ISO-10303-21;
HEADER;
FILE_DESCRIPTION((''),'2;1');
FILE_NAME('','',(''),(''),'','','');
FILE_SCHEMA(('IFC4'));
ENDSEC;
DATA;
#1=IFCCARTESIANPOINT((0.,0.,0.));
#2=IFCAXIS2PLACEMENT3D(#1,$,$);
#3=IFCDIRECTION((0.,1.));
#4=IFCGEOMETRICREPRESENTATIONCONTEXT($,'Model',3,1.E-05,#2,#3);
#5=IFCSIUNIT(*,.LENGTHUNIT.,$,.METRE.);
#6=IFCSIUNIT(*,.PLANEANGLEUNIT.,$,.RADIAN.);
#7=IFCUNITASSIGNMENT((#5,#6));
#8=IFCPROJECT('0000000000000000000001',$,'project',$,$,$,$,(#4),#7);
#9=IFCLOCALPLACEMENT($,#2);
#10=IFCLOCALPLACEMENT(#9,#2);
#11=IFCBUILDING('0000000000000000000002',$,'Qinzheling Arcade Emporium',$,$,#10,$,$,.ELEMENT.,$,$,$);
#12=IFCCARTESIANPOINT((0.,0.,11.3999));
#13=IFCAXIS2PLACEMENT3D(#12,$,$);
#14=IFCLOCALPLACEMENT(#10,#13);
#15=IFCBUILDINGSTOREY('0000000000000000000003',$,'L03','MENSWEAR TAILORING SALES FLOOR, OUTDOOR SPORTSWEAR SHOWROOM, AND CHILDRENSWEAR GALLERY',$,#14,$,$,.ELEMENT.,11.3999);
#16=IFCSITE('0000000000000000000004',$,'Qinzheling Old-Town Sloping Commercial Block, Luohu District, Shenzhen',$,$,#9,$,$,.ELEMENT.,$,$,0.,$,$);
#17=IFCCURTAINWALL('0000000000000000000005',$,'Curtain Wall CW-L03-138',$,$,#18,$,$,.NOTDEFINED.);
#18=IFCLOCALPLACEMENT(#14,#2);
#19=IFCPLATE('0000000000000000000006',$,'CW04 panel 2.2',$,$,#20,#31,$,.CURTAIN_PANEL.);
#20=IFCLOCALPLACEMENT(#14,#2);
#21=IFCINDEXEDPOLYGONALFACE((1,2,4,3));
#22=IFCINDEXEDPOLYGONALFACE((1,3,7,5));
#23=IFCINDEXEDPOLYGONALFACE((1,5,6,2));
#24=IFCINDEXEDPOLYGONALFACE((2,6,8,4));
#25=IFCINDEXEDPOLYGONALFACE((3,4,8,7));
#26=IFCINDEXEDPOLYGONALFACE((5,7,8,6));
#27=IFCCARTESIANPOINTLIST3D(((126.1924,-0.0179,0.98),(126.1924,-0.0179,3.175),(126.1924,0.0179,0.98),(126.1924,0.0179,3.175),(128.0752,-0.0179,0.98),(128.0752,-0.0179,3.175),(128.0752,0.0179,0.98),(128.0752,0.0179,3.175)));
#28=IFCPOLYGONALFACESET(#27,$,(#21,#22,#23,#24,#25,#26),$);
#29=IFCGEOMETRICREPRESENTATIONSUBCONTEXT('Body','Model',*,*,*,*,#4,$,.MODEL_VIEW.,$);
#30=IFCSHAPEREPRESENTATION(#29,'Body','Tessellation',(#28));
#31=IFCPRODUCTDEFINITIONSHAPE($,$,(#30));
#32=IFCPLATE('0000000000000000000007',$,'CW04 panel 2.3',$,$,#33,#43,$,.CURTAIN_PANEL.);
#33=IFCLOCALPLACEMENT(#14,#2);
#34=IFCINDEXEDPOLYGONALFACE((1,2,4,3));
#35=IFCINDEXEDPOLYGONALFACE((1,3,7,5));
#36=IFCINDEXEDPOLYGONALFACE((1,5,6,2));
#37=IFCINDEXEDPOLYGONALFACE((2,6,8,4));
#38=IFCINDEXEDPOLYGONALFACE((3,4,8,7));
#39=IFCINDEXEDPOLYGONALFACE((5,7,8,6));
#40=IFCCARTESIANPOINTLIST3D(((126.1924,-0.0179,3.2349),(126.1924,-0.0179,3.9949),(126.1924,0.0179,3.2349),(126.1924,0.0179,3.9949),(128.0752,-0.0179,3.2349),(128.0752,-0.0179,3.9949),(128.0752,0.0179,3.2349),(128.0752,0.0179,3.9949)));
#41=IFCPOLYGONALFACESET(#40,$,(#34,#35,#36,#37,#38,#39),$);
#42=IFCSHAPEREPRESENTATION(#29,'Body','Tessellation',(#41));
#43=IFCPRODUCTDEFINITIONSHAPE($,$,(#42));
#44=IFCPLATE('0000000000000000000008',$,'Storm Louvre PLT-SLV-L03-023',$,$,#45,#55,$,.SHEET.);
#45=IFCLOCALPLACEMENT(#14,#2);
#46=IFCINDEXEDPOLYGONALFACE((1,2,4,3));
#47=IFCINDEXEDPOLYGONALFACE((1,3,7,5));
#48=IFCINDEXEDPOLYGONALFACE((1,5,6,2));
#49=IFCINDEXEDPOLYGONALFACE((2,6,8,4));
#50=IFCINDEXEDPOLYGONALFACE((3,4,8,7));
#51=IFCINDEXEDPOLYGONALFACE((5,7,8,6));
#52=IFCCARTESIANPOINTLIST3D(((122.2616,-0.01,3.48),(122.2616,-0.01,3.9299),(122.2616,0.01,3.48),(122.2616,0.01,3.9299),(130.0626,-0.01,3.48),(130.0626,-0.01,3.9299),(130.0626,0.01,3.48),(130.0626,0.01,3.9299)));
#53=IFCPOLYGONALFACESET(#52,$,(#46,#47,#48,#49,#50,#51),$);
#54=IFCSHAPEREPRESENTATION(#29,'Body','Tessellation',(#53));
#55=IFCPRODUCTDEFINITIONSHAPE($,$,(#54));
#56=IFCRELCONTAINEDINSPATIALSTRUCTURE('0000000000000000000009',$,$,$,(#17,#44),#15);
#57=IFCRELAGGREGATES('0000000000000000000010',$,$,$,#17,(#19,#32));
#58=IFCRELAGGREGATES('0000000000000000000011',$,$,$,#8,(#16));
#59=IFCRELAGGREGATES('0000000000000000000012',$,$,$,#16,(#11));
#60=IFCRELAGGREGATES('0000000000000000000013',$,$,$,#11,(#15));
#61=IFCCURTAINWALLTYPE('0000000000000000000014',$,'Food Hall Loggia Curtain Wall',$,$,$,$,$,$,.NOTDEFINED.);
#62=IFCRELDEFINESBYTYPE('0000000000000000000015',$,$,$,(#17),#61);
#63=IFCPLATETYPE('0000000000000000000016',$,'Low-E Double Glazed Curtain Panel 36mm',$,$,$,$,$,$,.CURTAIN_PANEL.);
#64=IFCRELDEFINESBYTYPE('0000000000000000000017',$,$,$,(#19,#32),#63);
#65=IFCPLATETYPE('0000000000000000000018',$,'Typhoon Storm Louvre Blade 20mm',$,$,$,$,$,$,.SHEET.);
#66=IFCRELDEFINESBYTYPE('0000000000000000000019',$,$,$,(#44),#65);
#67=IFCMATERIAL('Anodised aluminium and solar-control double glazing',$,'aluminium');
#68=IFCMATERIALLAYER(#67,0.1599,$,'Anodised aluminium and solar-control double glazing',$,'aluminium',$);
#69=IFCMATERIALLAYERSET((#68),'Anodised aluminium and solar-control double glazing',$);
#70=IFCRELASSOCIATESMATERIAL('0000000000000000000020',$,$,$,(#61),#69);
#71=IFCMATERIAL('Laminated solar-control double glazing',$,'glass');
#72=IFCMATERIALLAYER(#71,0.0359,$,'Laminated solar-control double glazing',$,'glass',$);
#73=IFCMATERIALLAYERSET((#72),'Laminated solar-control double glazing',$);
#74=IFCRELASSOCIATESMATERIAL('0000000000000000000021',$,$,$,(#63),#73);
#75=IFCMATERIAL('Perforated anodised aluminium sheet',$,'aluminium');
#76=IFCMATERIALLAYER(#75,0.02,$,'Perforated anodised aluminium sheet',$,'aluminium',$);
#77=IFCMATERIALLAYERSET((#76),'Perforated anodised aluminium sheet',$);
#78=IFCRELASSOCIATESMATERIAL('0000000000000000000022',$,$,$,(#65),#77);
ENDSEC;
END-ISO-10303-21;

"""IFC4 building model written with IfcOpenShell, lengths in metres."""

from ifc_helpers import new_model, si_unit, direction, frame, origin, origin_2d, place, context, subcontext, project, spatial, rectangle, extrude, material, layer, layer_set, type_object, element, aggregate, save


model = new_model("IFC4")

# Units and contexts
model_context = context("Model", 3, precision=1e-05, world=origin(), true_north=direction((0.0, 1.0)))
body_context = subcontext(model_context, "Body", "Model", "MODEL_VIEW")
ifc_project = project(units=[si_unit("LENGTHUNIT", "METRE"), si_unit("PLANEANGLEUNIT", "RADIAN")], contexts=[model_context])

# Site, building, storey
site_placement = place(None, origin())
site = spatial("IfcSite", under=ifc_project, at=site_placement, Name="Qinzheling Old-Town Sloping Commercial Block, Luohu District, Shenzhen", CompositionType="ELEMENT", RefElevation=0.0)
building_placement = place(site_placement, origin())
building = spatial("IfcBuilding", under=site, at=building_placement, Name="Qinzheling Arcade Emporium", CompositionType="ELEMENT")
storey_placement = place(building_placement, frame((0.0, 0.0, 11.3999)))
storey = spatial("IfcBuildingStorey", under=building, at=storey_placement, Name="L03", Description="MENSWEAR TAILORING SALES FLOOR, OUTDOOR SPORTSWEAR SHOWROOM, AND CHILDRENSWEAR GALLERY", CompositionType="ELEMENT", Elevation=11.3999)

# Curtain wall, plates
ifc_material_1 = material(Name="Anodised aluminium and solar-control double glazing", Category="aluminium")
ifc_layer_1 = layer(ifc_material_1, 0.1599, Name="Anodised aluminium and solar-control double glazing", Category="aluminium")
ifc_layer_set_1 = layer_set([ifc_layer_1], Name="Anodised aluminium and solar-control double glazing")
curtain_wall_type = type_object("IfcCurtainWallType", Name="Food Hall Loggia Curtain Wall", PredefinedType="NOTDEFINED", material=ifc_layer_set_1)
curtain_wall_placement = place(storey_placement, origin())
curtain_wall = element("IfcCurtainWall", 1, at=curtain_wall_placement, inside=storey, type_object=curtain_wall_type, Name="Curtain Wall CW-L03-138", PredefinedType="NOTDEFINED")
ifc_material_2 = material(Name="Laminated solar-control double glazing", Category="glass")
ifc_layer_2 = layer(ifc_material_2, 0.0359, Name="Laminated solar-control double glazing", Category="glass")
ifc_layer_set_2 = layer_set([ifc_layer_2], Name="Laminated solar-control double glazing")
plate_type_1 = type_object("IfcPlateType", Name="Low-E Double Glazed Curtain Panel 36mm", PredefinedType="CURTAIN_PANEL", material=ifc_layer_set_2)
plate_1_placement = place(storey_placement, frame((127.1338, 0.0, 0.98), z_axis=(0.0, 0.0, 1.0), x_axis=(-1.0, 0.0, 0.0)))
plate_1 = element("IfcPlate", 2, at=plate_1_placement, type_object=plate_type_1, Name="CW04 panel 2.2", PredefinedType="CURTAIN_PANEL", context=body_context, shape_type="SweptSolid", body=[
    extrude(rectangle(XDim=1.8828, YDim=0.0359, at=origin_2d()), origin(), (0.0, 0.0, 1.0), 2.1951),
])
plate_2_placement = place(storey_placement, frame((127.1338, 0.0, 3.2349), z_axis=(0.0, 0.0, 1.0), x_axis=(-1.0, 0.0, 0.0)))
plate_2 = element("IfcPlate", 3, at=plate_2_placement, type_object=plate_type_1, Name="CW04 panel 2.3", PredefinedType="CURTAIN_PANEL", context=body_context, shape_type="SweptSolid", body=[
    extrude(rectangle(XDim=1.8828, YDim=0.0359, at=origin_2d()), origin(), (0.0, 0.0, 1.0), 0.76),
])
aggregate(curtain_wall, [plate_1, plate_2])

# Plate
ifc_material_3 = material(Name="Perforated anodised aluminium sheet", Category="aluminium")
ifc_layer_3 = layer(ifc_material_3, 0.02, Name="Perforated anodised aluminium sheet", Category="aluminium")
ifc_layer_set_3 = layer_set([ifc_layer_3], Name="Perforated anodised aluminium sheet")
plate_type_2 = type_object("IfcPlateType", Name="Typhoon Storm Louvre Blade 20mm", PredefinedType="SHEET", material=ifc_layer_set_3)
plate_3_placement = place(storey_placement, frame((126.1621, 0.0, 3.48), z_axis=(0.0, 0.0, 1.0), x_axis=(-1.0, 0.0, 0.0)))
element("IfcPlate", 4, at=plate_3_placement, inside=storey, type_object=plate_type_2, Name="Storm Louvre PLT-SLV-L03-023", PredefinedType="SHEET", context=body_context, shape_type="SweptSolid", body=[
    extrude(rectangle(XDim=7.801, YDim=0.02, at=origin_2d()), origin(), (0.0, 0.0, 1.0), 0.45),
])

save(model, "model.ifc")
